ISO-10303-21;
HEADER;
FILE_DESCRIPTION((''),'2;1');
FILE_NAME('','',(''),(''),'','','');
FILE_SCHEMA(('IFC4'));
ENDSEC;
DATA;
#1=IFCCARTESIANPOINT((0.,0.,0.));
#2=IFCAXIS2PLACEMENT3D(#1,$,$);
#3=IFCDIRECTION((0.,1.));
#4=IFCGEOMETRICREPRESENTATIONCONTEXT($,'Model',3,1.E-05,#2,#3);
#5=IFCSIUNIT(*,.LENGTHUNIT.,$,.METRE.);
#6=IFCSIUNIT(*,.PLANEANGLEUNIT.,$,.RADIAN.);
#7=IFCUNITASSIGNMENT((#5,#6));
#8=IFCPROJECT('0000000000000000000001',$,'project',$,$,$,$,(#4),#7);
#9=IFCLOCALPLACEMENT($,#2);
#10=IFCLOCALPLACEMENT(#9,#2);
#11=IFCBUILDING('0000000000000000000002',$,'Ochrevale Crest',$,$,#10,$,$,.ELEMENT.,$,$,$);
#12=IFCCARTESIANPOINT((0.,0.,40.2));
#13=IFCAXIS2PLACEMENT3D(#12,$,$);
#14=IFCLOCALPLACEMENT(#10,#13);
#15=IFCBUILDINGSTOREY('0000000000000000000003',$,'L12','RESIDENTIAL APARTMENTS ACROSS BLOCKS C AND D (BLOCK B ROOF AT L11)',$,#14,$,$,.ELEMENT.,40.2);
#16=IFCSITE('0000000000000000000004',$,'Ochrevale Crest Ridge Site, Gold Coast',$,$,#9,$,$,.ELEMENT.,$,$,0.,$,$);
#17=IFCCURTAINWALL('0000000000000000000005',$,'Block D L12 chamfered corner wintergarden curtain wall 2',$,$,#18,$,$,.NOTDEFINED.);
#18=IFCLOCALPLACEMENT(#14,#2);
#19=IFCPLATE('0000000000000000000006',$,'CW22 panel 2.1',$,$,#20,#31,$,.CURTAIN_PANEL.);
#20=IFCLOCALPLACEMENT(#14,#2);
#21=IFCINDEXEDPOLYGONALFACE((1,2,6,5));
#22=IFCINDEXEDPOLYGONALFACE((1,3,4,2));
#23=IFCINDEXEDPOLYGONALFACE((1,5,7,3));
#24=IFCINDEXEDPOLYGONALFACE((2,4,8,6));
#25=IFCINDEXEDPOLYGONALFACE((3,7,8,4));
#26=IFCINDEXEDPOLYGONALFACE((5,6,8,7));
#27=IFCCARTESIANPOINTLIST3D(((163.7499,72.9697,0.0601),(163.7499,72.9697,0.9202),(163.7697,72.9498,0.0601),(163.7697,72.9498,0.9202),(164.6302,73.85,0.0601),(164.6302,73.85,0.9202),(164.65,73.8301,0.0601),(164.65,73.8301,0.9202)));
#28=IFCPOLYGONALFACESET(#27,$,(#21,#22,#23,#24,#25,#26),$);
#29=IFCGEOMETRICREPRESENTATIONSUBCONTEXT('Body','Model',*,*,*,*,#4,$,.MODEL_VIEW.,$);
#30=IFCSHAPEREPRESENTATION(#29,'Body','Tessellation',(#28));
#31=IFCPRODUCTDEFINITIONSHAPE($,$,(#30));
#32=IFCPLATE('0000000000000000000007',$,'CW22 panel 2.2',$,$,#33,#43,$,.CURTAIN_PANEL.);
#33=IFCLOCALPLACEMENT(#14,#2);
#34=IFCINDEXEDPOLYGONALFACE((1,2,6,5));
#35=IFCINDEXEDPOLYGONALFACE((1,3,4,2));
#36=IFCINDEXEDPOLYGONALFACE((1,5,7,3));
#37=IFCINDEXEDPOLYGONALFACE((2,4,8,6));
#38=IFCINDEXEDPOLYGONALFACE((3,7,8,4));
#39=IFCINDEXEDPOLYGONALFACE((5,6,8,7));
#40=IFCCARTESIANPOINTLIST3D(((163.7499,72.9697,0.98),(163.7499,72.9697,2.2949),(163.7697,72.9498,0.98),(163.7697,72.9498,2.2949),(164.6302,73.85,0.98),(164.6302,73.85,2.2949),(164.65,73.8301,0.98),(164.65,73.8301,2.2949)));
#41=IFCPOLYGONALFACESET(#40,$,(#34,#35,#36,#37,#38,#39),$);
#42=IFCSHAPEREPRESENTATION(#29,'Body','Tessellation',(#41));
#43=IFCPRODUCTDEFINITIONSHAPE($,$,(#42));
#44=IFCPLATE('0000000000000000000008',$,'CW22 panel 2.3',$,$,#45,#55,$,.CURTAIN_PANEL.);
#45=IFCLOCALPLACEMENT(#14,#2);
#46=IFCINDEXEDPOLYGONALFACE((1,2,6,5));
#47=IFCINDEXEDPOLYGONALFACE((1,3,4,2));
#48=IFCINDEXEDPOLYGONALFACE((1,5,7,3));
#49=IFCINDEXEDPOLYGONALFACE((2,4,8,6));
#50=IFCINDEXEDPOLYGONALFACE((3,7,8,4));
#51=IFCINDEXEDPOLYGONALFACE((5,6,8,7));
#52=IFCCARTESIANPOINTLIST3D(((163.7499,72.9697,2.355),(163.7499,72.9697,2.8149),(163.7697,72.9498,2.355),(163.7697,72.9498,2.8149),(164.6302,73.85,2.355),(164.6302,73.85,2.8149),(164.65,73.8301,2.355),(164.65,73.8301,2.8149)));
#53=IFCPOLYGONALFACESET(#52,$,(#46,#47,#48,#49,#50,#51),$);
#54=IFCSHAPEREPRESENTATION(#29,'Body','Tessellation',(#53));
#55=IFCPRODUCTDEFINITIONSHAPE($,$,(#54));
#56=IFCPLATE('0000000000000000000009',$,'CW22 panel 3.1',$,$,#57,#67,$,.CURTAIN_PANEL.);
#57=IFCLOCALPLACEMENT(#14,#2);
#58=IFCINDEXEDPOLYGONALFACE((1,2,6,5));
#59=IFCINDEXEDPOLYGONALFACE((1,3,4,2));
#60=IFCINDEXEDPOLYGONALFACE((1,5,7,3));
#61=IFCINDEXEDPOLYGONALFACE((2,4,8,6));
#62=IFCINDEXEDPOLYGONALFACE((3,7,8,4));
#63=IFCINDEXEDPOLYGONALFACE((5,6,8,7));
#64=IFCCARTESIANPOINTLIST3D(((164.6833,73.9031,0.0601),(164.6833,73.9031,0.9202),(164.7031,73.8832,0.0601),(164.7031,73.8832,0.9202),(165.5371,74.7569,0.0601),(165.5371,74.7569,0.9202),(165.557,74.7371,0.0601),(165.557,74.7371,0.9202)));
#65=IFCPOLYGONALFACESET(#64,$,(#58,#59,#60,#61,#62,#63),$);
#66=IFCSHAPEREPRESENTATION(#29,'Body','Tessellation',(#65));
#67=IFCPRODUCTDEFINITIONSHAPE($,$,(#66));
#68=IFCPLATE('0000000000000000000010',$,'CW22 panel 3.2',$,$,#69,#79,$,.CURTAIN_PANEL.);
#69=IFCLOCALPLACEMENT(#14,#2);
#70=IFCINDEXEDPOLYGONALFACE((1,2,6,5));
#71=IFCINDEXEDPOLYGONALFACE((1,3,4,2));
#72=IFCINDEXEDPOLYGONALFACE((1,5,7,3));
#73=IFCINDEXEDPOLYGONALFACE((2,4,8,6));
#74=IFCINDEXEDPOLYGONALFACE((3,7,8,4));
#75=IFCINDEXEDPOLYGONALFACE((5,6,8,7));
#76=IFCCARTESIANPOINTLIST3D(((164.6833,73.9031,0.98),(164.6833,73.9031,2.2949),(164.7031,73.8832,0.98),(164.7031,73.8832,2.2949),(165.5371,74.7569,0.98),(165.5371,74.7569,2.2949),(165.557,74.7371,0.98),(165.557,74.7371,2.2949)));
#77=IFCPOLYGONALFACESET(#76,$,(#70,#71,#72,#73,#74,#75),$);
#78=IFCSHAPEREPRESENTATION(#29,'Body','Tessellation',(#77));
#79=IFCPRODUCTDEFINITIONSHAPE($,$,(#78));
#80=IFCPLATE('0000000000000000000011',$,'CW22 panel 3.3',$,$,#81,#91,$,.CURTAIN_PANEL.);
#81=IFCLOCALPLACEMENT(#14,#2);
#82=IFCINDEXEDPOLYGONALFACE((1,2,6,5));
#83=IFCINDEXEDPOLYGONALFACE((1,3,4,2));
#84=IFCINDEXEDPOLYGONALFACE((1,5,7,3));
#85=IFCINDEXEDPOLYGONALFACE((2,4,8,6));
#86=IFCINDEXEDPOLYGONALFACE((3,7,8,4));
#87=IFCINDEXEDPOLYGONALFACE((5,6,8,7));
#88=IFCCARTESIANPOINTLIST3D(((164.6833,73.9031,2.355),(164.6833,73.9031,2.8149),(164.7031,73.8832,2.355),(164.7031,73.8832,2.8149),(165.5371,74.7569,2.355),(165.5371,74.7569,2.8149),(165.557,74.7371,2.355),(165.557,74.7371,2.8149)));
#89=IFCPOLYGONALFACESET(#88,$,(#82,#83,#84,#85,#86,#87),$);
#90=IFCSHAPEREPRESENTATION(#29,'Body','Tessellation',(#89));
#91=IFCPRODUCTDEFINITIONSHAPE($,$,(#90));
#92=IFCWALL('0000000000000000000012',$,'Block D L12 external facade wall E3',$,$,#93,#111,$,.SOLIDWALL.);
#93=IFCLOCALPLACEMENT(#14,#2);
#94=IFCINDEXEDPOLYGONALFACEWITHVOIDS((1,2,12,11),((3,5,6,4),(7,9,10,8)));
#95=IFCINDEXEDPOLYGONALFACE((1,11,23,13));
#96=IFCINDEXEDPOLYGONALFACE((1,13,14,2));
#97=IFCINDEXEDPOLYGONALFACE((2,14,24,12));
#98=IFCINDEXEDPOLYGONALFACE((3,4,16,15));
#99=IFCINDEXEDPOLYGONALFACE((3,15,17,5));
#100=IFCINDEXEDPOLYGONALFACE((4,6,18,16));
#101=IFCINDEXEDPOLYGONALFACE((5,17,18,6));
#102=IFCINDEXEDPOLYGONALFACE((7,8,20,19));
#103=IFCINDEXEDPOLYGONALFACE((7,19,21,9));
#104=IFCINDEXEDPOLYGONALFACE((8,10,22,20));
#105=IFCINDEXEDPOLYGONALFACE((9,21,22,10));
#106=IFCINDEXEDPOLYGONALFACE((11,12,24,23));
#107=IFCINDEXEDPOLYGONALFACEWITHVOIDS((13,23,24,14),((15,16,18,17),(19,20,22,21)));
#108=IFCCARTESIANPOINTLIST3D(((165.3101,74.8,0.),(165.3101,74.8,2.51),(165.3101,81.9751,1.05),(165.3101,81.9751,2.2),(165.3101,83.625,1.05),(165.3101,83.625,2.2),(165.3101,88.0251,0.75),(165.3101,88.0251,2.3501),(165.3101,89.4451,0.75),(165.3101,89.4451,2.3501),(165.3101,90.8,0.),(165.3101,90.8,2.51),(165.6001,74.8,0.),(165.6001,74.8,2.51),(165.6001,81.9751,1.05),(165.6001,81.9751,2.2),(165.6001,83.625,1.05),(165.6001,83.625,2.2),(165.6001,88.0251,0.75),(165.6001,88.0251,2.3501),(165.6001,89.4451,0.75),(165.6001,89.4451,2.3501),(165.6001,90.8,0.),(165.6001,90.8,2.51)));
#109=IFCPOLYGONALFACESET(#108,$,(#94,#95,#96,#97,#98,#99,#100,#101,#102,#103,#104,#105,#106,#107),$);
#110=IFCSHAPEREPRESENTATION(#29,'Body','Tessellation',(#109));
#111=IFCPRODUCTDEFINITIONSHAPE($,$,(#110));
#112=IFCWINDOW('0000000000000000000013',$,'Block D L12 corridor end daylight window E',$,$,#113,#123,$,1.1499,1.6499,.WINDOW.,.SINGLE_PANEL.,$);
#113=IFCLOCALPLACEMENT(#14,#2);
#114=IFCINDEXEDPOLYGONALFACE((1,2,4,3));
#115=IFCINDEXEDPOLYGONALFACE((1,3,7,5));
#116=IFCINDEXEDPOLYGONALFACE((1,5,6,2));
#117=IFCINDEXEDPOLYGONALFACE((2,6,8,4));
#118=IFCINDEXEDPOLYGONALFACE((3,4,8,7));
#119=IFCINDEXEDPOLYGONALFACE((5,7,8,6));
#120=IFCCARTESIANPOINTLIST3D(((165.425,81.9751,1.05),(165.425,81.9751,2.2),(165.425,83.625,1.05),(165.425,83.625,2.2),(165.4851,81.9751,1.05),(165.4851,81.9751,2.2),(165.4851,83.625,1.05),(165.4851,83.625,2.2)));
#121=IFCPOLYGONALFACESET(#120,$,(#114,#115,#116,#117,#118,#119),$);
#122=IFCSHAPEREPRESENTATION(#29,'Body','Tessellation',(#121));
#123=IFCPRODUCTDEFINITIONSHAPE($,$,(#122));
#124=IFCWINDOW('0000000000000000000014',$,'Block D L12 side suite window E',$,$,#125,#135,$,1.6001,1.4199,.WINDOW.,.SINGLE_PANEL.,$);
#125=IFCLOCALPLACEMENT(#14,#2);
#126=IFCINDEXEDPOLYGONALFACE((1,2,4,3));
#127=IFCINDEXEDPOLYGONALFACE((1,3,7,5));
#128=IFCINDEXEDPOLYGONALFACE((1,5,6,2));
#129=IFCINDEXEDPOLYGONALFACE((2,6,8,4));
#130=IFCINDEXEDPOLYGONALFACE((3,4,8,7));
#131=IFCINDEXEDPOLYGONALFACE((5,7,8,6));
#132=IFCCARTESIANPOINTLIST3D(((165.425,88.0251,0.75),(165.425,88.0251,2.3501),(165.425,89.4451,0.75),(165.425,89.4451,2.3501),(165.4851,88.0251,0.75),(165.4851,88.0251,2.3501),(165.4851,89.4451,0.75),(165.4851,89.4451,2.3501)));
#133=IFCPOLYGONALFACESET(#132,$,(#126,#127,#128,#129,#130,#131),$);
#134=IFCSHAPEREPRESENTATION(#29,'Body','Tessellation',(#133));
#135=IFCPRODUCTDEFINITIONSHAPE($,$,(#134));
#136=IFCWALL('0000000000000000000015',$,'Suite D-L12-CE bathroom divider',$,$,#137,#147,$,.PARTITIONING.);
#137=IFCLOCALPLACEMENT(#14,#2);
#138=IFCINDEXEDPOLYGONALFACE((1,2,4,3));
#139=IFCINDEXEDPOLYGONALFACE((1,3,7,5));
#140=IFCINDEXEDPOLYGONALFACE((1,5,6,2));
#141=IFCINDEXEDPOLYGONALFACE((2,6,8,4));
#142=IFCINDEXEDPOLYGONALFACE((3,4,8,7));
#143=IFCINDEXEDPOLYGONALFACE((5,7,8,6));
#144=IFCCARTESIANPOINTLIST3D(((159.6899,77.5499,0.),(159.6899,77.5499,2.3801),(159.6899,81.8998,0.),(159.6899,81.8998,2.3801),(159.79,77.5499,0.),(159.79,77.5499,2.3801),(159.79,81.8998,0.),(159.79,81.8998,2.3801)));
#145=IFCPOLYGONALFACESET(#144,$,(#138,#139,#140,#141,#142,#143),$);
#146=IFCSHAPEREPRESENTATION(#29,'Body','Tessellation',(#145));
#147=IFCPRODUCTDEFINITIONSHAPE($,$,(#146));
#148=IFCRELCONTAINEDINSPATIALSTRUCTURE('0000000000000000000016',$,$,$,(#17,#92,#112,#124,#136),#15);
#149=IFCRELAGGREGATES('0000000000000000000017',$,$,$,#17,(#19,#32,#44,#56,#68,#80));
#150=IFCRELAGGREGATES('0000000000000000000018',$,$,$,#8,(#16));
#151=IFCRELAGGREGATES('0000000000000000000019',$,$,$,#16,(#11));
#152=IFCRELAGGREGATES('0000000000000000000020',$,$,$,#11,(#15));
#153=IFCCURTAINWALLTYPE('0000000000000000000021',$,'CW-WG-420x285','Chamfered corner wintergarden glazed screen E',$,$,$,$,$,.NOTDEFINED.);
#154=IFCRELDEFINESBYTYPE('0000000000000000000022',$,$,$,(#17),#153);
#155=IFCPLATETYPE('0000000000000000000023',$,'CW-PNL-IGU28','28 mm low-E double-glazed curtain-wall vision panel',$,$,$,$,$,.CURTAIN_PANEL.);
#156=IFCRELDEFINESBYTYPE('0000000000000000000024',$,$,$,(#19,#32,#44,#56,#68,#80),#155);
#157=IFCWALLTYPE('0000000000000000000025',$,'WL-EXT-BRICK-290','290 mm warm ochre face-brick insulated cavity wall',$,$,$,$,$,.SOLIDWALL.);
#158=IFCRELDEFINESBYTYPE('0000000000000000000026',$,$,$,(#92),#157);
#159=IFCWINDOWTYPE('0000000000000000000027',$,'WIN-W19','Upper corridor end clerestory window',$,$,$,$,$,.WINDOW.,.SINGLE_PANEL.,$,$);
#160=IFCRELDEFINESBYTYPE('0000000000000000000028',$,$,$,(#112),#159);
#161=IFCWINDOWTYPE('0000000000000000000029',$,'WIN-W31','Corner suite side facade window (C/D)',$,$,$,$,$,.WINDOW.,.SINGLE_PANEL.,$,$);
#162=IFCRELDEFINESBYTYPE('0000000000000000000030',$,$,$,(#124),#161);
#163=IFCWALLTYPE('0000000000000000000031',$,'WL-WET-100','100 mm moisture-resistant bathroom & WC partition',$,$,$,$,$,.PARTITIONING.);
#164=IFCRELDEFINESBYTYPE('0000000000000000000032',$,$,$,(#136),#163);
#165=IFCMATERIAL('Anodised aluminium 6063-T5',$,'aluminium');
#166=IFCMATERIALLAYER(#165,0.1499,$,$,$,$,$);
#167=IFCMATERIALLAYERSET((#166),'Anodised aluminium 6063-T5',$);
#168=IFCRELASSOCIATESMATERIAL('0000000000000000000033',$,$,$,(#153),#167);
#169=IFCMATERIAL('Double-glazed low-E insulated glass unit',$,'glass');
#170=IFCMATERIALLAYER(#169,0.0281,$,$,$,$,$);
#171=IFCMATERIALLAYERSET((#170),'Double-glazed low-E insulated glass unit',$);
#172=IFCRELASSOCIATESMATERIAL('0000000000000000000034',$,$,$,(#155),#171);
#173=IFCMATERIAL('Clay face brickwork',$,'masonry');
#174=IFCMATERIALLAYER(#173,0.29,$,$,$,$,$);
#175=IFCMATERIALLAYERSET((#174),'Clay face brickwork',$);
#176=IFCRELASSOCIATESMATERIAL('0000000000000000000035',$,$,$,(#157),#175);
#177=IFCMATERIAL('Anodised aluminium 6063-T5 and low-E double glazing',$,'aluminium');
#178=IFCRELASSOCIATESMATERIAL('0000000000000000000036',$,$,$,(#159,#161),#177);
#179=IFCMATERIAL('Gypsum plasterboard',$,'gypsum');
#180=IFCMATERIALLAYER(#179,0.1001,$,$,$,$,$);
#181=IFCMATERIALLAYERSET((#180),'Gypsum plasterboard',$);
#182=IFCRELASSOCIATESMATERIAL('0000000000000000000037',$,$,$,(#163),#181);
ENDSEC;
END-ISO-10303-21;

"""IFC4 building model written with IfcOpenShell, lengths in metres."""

from ifc_helpers import new_model, si_unit, direction, frame, frame_2d, origin, origin_2d, place, context, subcontext, project, spatial, rectangle, extrude, material, layer, layer_set, type_object, element, fill, aggregate, save


model = new_model("IFC4")

# Units and contexts
model_context = context("Model", 3, precision=1e-05, world=origin(), true_north=direction((0.0, 1.0)))
body_context = subcontext(model_context, "Body", "Model", "MODEL_VIEW")
ifc_project = project(units=[si_unit("LENGTHUNIT", "METRE"), si_unit("PLANEANGLEUNIT", "RADIAN")], contexts=[model_context])

# Site, building, storey
site_placement = place(None, origin())
site = spatial("IfcSite", under=ifc_project, at=site_placement, Name="Ochrevale Crest Ridge Site, Gold Coast", CompositionType="ELEMENT", RefElevation=0.0)
building_placement = place(site_placement, origin())
building = spatial("IfcBuilding", under=site, at=building_placement, Name="Ochrevale Crest", CompositionType="ELEMENT")
storey_placement = place(building_placement, frame((0.0, 0.0, 40.2)))
storey = spatial("IfcBuildingStorey", under=building, at=storey_placement, Name="L12", Description="RESIDENTIAL APARTMENTS ACROSS BLOCKS C AND D (BLOCK B ROOF AT L11)", CompositionType="ELEMENT", Elevation=40.2)

# Curtain wall, plates
ifc_material_1 = material(Name="Anodised aluminium 6063-T5", Category="aluminium")
ifc_layer_1 = layer(ifc_material_1, 0.1499)
ifc_layer_set_1 = layer_set([ifc_layer_1], Name="Anodised aluminium 6063-T5")
curtain_wall_type = type_object("IfcCurtainWallType", Name="CW-WG-420x285", Description="Chamfered corner wintergarden glazed screen E", PredefinedType="NOTDEFINED", material=ifc_layer_set_1)
curtain_wall_placement = place(storey_placement, origin())
curtain_wall = element("IfcCurtainWall", 1, at=curtain_wall_placement, inside=storey, type_object=curtain_wall_type, Name="Block D L12 chamfered corner wintergarden curtain wall 2", PredefinedType="NOTDEFINED")
ifc_material_2 = material(Name="Double-glazed low-E insulated glass unit", Category="glass")
ifc_layer_2 = layer(ifc_material_2, 0.0281)
ifc_layer_set_2 = layer_set([ifc_layer_2], Name="Double-glazed low-E insulated glass unit")
plate_type = type_object("IfcPlateType", Name="CW-PNL-IGU28", Description="28 mm low-E double-glazed curtain-wall vision panel", PredefinedType="CURTAIN_PANEL", material=ifc_layer_set_2)
plate_1_placement = place(storey_placement, frame((164.2, 73.3999, 0.0601), z_axis=(0.0, 0.0, 1.0), x_axis=(0.707107, 0.707107, 0.0)))
plate_1 = element("IfcPlate", 2, at=plate_1_placement, type_object=plate_type, Name="CW22 panel 2.1", PredefinedType="CURTAIN_PANEL", context=body_context, shape_type="SweptSolid", body=[
    extrude(rectangle(XDim=1.2449, YDim=0.0281, at=origin_2d()), origin(), (0.0, 0.0, 1.0), 0.8601),
])
plate_2_placement = place(storey_placement, frame((164.2, 73.3999, 0.98), z_axis=(0.0, 0.0, 1.0), x_axis=(0.707107, 0.707107, 0.0)))
plate_2 = element("IfcPlate", 3, at=plate_2_placement, type_object=plate_type, Name="CW22 panel 2.2", PredefinedType="CURTAIN_PANEL", context=body_context, shape_type="SweptSolid", body=[
    extrude(rectangle(XDim=1.2449, YDim=0.0281, at=origin_2d()), origin(), (0.0, 0.0, 1.0), 1.3149),
])
plate_3_placement = place(storey_placement, frame((164.2, 73.3999, 2.355), z_axis=(0.0, 0.0, 1.0), x_axis=(0.707107, 0.707107, 0.0)))
plate_3 = element("IfcPlate", 4, at=plate_3_placement, type_object=plate_type, Name="CW22 panel 2.3", PredefinedType="CURTAIN_PANEL", context=body_context, shape_type="SweptSolid", body=[
    extrude(rectangle(XDim=1.2449, YDim=0.0281, at=origin_2d()), origin(), (0.0, 0.0, 1.0), 0.46),
])
plate_4_placement = place(storey_placement, frame((165.1201, 74.3201, 0.0601), z_axis=(0.0, 0.0, 1.0), x_axis=(0.707107, 0.707107, 0.0)))
plate_4 = element("IfcPlate", 5, at=plate_4_placement, type_object=plate_type, Name="CW22 panel 3.1", PredefinedType="CURTAIN_PANEL", context=body_context, shape_type="SweptSolid", body=[
    extrude(rectangle(XDim=1.2075, YDim=0.0281, at=origin_2d()), origin(), (0.0, 0.0, 1.0), 0.8601),
])
plate_5_placement = place(storey_placement, frame((165.1201, 74.3201, 0.98), z_axis=(0.0, 0.0, 1.0), x_axis=(0.707107, 0.707107, 0.0)))
plate_5 = element("IfcPlate", 6, at=plate_5_placement, type_object=plate_type, Name="CW22 panel 3.2", PredefinedType="CURTAIN_PANEL", context=body_context, shape_type="SweptSolid", body=[
    extrude(rectangle(XDim=1.2075, YDim=0.0281, at=origin_2d()), origin(), (0.0, 0.0, 1.0), 1.3149),
])
plate_6_placement = place(storey_placement, frame((165.1201, 74.3201, 2.355), z_axis=(0.0, 0.0, 1.0), x_axis=(0.707107, 0.707107, 0.0)))
plate_6 = element("IfcPlate", 7, at=plate_6_placement, type_object=plate_type, Name="CW22 panel 3.3", PredefinedType="CURTAIN_PANEL", context=body_context, shape_type="SweptSolid", body=[
    extrude(rectangle(XDim=1.2075, YDim=0.0281, at=origin_2d()), origin(), (0.0, 0.0, 1.0), 0.46),
])
aggregate(curtain_wall, [plate_1, plate_2, plate_3, plate_4, plate_5, plate_6])

# Wall, openings, windows
ifc_material_3 = material(Name="Clay face brickwork", Category="masonry")
ifc_layer_3 = layer(ifc_material_3, 0.29)
ifc_layer_set_3 = layer_set([ifc_layer_3], Name="Clay face brickwork")
wall_type_1 = type_object("IfcWallType", Name="WL-EXT-BRICK-290", Description="290 mm warm ochre face-brick insulated cavity wall", PredefinedType="SOLIDWALL", material=ifc_layer_set_3)
wall_1_placement = place(storey_placement, frame((165.4551, 74.8, 0.0), z_axis=(0.0, 0.0, 1.0), x_axis=(0.0, 1.0, 0.0)))
wall_1 = element("IfcWall", 8, at=wall_1_placement, inside=storey, type_object=wall_type_1, Name="Block D L12 external facade wall E3", PredefinedType="SOLIDWALL", context=body_context, shape_type="SweptSolid", body=[
    extrude(rectangle(XDim=16.0, YDim=0.29, at=frame_2d((8.0, 0.0))), origin(), (0.0, 0.0, 1.0), 2.51),
])
opening_1_placement = place(wall_1_placement, frame((7.175, 0.0, 1.05)))
opening_1 = element("IfcOpeningElement", 9, at=opening_1_placement, cuts=wall_1, PredefinedType="OPENING", context=body_context, shape_type="SweptSolid", body=[
    extrude(rectangle(XDim=1.6499, YDim=1.1499, at=frame_2d((0.825, 0.575))), frame((0.0, 0.155, 0.0), z_axis=(0.0, -1.0, 0.0), x_axis=(1.0, 0.0, 0.0)), (0.0, 0.0, 1.0), 0.3101),
])
opening_2_placement = place(wall_1_placement, frame((13.2251, 0.0, 0.75)))
opening_2 = element("IfcOpeningElement", 10, at=opening_2_placement, cuts=wall_1, PredefinedType="OPENING", context=body_context, shape_type="SweptSolid", body=[
    extrude(rectangle(XDim=1.4199, YDim=1.6001, at=frame_2d((0.71, 0.8))), frame((0.0, 0.155, 0.0), z_axis=(0.0, -1.0, 0.0), x_axis=(1.0, 0.0, 0.0)), (0.0, 0.0, 1.0), 0.3101),
])
ifc_material_4 = material(Name="Anodised aluminium 6063-T5 and low-E double glazing", Category="aluminium")
window_type_1 = type_object("IfcWindowType", Name="WIN-W19", Description="Upper corridor end clerestory window", PartitioningType="SINGLE_PANEL", PredefinedType="WINDOW", material=ifc_material_4)
window_1_placement = place(opening_1_placement, origin())
window_1 = element("IfcWindow", 11, at=window_1_placement, inside=storey, type_object=window_type_1, Name="Block D L12 corridor end daylight window E", OverallHeight=1.1499, OverallWidth=1.6499, PartitioningType="SINGLE_PANEL", PredefinedType="WINDOW", context=body_context, shape_type="SweptSolid", body=[
    extrude(rectangle(XDim=1.6499, YDim=1.1499, at=frame_2d((0.825, 0.575))), frame((0.0, 0.03, 0.0), z_axis=(0.0, -1.0, 0.0), x_axis=(1.0, 0.0, 0.0)), (0.0, 0.0, 1.0), 0.0601),
])
fill(opening_1, window_1)
window_type_2 = type_object("IfcWindowType", Name="WIN-W31", Description="Corner suite side facade window (C/D)", PartitioningType="SINGLE_PANEL", PredefinedType="WINDOW", material=ifc_material_4)
window_2_placement = place(opening_2_placement, origin())
window_2 = element("IfcWindow", 12, at=window_2_placement, inside=storey, type_object=window_type_2, Name="Block D L12 side suite window E", OverallHeight=1.6001, OverallWidth=1.4199, PartitioningType="SINGLE_PANEL", PredefinedType="WINDOW", context=body_context, shape_type="SweptSolid", body=[
    extrude(rectangle(XDim=1.4199, YDim=1.6001, at=frame_2d((0.71, 0.8))), frame((0.0, 0.03, 0.0), z_axis=(0.0, -1.0, 0.0), x_axis=(1.0, 0.0, 0.0)), (0.0, 0.0, 1.0), 0.0601),
])
fill(opening_2, window_2)

# Wall
ifc_material_5 = material(Name="Gypsum plasterboard", Category="gypsum")
ifc_layer_4 = layer(ifc_material_5, 0.1001)
ifc_layer_set_4 = layer_set([ifc_layer_4], Name="Gypsum plasterboard")
wall_type_2 = type_object("IfcWallType", Name="WL-WET-100", Description="100 mm moisture-resistant bathroom & WC partition", PredefinedType="PARTITIONING", material=ifc_layer_set_4)
wall_2_placement = place(storey_placement, frame((159.74, 77.55, 0.0), z_axis=(0.0, 0.0, 1.0), x_axis=(0.0, 1.0, 0.0)))
element("IfcWall", 13, at=wall_2_placement, inside=storey, type_object=wall_type_2, Name="Suite D-L12-CE bathroom divider", PredefinedType="PARTITIONING", context=body_context, shape_type="SweptSolid", body=[
    extrude(rectangle(XDim=4.3499, YDim=0.1001, at=frame_2d((2.1748, 0.0))), origin(), (0.0, 0.0, 1.0), 2.3801),
])

save(model, "model.ifc")
